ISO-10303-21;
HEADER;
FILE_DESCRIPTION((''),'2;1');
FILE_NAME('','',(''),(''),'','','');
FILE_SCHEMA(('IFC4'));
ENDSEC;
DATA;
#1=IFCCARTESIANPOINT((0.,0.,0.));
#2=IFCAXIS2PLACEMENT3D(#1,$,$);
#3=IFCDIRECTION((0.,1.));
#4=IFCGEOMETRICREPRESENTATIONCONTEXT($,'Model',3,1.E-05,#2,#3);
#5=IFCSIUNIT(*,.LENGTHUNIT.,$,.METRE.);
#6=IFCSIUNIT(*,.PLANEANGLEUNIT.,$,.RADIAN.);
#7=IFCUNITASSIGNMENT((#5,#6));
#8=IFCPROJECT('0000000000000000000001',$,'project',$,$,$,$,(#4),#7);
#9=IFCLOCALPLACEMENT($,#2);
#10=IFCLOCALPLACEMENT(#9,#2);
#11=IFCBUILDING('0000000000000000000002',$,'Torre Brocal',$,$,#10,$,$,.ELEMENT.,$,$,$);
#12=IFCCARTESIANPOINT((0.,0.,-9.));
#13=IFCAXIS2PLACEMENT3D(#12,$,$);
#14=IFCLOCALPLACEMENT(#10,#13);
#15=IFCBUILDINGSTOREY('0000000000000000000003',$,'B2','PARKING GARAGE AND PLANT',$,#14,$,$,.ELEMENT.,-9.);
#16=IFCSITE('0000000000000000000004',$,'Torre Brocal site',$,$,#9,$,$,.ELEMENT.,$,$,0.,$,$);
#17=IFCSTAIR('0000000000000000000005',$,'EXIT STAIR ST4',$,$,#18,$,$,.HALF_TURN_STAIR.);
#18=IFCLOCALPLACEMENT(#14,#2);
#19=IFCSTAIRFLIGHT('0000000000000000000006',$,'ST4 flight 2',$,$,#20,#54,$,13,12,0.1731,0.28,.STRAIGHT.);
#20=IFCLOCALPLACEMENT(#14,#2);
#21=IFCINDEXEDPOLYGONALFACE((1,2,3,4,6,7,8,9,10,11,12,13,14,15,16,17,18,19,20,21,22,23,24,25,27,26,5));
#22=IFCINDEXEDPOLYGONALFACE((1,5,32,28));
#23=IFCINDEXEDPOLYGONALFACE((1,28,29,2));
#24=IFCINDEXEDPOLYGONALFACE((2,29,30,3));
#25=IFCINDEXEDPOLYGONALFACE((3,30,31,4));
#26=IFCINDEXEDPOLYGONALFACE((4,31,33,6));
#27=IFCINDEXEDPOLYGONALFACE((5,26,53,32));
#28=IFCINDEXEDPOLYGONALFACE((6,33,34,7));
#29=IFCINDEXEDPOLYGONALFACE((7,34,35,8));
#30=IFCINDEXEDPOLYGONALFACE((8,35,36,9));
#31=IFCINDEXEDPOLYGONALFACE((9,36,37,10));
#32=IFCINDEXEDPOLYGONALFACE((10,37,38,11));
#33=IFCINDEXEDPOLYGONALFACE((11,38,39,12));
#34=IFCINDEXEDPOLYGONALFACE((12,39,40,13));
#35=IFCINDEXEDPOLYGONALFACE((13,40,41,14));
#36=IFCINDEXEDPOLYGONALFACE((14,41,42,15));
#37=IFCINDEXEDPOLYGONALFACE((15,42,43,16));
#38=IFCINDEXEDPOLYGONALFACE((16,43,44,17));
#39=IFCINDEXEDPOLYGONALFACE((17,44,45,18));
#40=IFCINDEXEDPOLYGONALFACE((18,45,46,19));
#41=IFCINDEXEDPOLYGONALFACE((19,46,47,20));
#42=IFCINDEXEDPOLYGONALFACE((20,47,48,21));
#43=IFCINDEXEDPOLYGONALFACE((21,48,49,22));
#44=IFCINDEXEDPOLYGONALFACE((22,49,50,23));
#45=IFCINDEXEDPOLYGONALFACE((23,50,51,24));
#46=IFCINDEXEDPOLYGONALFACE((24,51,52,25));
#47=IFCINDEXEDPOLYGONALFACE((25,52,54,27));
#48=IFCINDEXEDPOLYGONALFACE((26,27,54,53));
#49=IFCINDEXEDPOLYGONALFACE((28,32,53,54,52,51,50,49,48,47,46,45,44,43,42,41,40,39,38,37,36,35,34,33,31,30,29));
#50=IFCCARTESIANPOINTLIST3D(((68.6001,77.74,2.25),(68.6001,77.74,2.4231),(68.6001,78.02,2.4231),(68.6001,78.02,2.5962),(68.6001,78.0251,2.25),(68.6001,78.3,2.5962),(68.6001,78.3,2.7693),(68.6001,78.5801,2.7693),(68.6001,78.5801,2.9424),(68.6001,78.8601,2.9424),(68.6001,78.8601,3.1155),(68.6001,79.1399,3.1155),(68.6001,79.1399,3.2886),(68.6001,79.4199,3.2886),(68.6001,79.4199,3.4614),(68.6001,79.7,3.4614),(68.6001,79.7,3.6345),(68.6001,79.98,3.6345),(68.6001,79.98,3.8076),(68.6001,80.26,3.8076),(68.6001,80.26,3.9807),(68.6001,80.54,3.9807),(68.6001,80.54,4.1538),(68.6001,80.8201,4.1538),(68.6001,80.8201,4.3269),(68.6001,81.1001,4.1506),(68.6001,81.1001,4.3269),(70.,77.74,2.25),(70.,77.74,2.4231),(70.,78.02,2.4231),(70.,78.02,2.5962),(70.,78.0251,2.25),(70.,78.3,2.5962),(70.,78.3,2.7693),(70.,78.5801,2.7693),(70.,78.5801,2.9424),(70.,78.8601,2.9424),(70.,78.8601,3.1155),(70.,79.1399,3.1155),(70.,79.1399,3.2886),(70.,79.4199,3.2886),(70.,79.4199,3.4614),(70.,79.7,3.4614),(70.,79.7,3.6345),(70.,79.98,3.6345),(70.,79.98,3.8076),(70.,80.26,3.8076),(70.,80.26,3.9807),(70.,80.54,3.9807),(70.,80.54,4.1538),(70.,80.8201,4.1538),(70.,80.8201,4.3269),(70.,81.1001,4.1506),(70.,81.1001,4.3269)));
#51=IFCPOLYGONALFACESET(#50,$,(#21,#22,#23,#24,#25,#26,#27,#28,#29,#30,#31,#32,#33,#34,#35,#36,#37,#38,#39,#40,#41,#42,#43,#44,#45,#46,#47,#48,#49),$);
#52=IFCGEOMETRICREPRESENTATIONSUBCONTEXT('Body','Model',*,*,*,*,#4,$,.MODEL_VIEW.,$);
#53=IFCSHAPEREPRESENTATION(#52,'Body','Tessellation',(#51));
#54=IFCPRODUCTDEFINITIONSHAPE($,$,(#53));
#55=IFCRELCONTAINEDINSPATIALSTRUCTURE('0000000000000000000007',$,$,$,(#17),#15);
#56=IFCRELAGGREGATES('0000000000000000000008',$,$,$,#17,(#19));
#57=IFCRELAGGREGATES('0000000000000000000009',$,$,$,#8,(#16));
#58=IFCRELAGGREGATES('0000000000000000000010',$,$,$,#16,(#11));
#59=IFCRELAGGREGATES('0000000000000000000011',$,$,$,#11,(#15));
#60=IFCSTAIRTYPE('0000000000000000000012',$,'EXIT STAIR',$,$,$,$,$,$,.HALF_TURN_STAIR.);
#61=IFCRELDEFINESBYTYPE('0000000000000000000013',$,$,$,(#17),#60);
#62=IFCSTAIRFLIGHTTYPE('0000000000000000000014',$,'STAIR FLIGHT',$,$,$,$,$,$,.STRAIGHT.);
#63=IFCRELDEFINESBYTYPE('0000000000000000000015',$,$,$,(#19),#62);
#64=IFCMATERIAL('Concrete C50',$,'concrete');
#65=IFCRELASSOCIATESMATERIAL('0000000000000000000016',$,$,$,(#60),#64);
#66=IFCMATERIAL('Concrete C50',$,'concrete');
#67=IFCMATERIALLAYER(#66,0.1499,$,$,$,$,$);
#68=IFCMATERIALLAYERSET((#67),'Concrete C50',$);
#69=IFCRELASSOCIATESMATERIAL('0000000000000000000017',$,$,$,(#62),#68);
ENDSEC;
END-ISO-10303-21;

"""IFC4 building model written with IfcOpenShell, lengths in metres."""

from ifc_helpers import new_model, si_unit, direction, frame, origin, place, context, subcontext, project, spatial, polyline, outline, extrude, material, layer, layer_set, type_object, element, aggregate, save


model = new_model("IFC4")

# Units and contexts
model_context = context("Model", 3, precision=1e-05, world=origin(), true_north=direction((0.0, 1.0)))
body_context = subcontext(model_context, "Body", "Model", "MODEL_VIEW")
ifc_project = project(units=[si_unit("LENGTHUNIT", "METRE"), si_unit("PLANEANGLEUNIT", "RADIAN")], contexts=[model_context])

# Site, building, storey
site_placement = place(None, origin())
site = spatial("IfcSite", under=ifc_project, at=site_placement, Name="Torre Brocal site", CompositionType="ELEMENT", RefElevation=0.0)
building_placement = place(site_placement, origin())
building = spatial("IfcBuilding", under=site, at=building_placement, Name="Torre Brocal", CompositionType="ELEMENT")
storey_placement = place(building_placement, frame((0.0, 0.0, -9.0)))
storey = spatial("IfcBuildingStorey", under=building, at=storey_placement, Name="B2", Description="PARKING GARAGE AND PLANT", CompositionType="ELEMENT", Elevation=-9.0)

# Stair, stair flight
ifc_material_1 = material(Name="Concrete C50", Category="concrete")
stair_type = type_object("IfcStairType", Name="EXIT STAIR", PredefinedType="HALF_TURN_STAIR", material=ifc_material_1)
stair_placement = place(storey_placement, origin())
stair = element("IfcStair", 1, at=stair_placement, inside=storey, type_object=stair_type, Name="EXIT STAIR ST4", PredefinedType="HALF_TURN_STAIR")
ifc_material_2 = material(Name="Concrete C50", Category="concrete")
ifc_layer_1 = layer(ifc_material_2, 0.1499)
ifc_layer_set_1 = layer_set([ifc_layer_1], Name="Concrete C50")
stair_flight_type = type_object("IfcStairFlightType", Name="STAIR FLIGHT", PredefinedType="STRAIGHT", material=ifc_layer_set_1)
stair_flight_1_placement = place(storey_placement, frame((69.3, 77.74, 2.25), z_axis=(0.0, 0.0, 1.0), x_axis=(0.0, 1.0, 0.0)))
stair_flight_1 = element("IfcStairFlight", 2, at=stair_flight_1_placement, type_object=stair_flight_type, Name="ST4 flight 2", NumberOfRisers=13, NumberOfTreads=12, PredefinedType="STRAIGHT", RiserHeight=0.1731, TreadLength=0.28, context=body_context, shape_type="SweptSolid", body=[
    extrude(outline(polyline([(0.0, 0.0), (0.0, 0.1731), (0.28, 0.1731), (0.28, 0.3462), (0.5601, 0.3462), (0.5601, 0.5193), (0.8401, 0.5193), (0.8401, 0.6924), (1.1201, 0.6924), (1.1201, 0.8655), (1.3999, 0.8655), (1.3999, 1.0386), (1.6799, 1.0386), (1.6799, 1.2114), (1.96, 1.2114), (1.96, 1.3845), (2.24, 1.3845), (2.24, 1.5576), (2.52, 1.5576), (2.52, 1.7307), (2.8, 1.7307), (2.8, 1.9038), (3.0801, 1.9038), (3.0801, 2.0769), (3.3601, 2.0769), (3.3601, 2.25), (3.3601, 1.9006), (0.2852, 0.0), (0.0, 0.0)])), frame((0.0, 0.7, 0.0), z_axis=(0.0, -1.0, 0.0), x_axis=(1.0, 0.0, 0.0)), (0.0, 0.0, 1.0), 1.3999),
])
aggregate(stair, [stair_flight_1])

save(model, "model.ifc")
